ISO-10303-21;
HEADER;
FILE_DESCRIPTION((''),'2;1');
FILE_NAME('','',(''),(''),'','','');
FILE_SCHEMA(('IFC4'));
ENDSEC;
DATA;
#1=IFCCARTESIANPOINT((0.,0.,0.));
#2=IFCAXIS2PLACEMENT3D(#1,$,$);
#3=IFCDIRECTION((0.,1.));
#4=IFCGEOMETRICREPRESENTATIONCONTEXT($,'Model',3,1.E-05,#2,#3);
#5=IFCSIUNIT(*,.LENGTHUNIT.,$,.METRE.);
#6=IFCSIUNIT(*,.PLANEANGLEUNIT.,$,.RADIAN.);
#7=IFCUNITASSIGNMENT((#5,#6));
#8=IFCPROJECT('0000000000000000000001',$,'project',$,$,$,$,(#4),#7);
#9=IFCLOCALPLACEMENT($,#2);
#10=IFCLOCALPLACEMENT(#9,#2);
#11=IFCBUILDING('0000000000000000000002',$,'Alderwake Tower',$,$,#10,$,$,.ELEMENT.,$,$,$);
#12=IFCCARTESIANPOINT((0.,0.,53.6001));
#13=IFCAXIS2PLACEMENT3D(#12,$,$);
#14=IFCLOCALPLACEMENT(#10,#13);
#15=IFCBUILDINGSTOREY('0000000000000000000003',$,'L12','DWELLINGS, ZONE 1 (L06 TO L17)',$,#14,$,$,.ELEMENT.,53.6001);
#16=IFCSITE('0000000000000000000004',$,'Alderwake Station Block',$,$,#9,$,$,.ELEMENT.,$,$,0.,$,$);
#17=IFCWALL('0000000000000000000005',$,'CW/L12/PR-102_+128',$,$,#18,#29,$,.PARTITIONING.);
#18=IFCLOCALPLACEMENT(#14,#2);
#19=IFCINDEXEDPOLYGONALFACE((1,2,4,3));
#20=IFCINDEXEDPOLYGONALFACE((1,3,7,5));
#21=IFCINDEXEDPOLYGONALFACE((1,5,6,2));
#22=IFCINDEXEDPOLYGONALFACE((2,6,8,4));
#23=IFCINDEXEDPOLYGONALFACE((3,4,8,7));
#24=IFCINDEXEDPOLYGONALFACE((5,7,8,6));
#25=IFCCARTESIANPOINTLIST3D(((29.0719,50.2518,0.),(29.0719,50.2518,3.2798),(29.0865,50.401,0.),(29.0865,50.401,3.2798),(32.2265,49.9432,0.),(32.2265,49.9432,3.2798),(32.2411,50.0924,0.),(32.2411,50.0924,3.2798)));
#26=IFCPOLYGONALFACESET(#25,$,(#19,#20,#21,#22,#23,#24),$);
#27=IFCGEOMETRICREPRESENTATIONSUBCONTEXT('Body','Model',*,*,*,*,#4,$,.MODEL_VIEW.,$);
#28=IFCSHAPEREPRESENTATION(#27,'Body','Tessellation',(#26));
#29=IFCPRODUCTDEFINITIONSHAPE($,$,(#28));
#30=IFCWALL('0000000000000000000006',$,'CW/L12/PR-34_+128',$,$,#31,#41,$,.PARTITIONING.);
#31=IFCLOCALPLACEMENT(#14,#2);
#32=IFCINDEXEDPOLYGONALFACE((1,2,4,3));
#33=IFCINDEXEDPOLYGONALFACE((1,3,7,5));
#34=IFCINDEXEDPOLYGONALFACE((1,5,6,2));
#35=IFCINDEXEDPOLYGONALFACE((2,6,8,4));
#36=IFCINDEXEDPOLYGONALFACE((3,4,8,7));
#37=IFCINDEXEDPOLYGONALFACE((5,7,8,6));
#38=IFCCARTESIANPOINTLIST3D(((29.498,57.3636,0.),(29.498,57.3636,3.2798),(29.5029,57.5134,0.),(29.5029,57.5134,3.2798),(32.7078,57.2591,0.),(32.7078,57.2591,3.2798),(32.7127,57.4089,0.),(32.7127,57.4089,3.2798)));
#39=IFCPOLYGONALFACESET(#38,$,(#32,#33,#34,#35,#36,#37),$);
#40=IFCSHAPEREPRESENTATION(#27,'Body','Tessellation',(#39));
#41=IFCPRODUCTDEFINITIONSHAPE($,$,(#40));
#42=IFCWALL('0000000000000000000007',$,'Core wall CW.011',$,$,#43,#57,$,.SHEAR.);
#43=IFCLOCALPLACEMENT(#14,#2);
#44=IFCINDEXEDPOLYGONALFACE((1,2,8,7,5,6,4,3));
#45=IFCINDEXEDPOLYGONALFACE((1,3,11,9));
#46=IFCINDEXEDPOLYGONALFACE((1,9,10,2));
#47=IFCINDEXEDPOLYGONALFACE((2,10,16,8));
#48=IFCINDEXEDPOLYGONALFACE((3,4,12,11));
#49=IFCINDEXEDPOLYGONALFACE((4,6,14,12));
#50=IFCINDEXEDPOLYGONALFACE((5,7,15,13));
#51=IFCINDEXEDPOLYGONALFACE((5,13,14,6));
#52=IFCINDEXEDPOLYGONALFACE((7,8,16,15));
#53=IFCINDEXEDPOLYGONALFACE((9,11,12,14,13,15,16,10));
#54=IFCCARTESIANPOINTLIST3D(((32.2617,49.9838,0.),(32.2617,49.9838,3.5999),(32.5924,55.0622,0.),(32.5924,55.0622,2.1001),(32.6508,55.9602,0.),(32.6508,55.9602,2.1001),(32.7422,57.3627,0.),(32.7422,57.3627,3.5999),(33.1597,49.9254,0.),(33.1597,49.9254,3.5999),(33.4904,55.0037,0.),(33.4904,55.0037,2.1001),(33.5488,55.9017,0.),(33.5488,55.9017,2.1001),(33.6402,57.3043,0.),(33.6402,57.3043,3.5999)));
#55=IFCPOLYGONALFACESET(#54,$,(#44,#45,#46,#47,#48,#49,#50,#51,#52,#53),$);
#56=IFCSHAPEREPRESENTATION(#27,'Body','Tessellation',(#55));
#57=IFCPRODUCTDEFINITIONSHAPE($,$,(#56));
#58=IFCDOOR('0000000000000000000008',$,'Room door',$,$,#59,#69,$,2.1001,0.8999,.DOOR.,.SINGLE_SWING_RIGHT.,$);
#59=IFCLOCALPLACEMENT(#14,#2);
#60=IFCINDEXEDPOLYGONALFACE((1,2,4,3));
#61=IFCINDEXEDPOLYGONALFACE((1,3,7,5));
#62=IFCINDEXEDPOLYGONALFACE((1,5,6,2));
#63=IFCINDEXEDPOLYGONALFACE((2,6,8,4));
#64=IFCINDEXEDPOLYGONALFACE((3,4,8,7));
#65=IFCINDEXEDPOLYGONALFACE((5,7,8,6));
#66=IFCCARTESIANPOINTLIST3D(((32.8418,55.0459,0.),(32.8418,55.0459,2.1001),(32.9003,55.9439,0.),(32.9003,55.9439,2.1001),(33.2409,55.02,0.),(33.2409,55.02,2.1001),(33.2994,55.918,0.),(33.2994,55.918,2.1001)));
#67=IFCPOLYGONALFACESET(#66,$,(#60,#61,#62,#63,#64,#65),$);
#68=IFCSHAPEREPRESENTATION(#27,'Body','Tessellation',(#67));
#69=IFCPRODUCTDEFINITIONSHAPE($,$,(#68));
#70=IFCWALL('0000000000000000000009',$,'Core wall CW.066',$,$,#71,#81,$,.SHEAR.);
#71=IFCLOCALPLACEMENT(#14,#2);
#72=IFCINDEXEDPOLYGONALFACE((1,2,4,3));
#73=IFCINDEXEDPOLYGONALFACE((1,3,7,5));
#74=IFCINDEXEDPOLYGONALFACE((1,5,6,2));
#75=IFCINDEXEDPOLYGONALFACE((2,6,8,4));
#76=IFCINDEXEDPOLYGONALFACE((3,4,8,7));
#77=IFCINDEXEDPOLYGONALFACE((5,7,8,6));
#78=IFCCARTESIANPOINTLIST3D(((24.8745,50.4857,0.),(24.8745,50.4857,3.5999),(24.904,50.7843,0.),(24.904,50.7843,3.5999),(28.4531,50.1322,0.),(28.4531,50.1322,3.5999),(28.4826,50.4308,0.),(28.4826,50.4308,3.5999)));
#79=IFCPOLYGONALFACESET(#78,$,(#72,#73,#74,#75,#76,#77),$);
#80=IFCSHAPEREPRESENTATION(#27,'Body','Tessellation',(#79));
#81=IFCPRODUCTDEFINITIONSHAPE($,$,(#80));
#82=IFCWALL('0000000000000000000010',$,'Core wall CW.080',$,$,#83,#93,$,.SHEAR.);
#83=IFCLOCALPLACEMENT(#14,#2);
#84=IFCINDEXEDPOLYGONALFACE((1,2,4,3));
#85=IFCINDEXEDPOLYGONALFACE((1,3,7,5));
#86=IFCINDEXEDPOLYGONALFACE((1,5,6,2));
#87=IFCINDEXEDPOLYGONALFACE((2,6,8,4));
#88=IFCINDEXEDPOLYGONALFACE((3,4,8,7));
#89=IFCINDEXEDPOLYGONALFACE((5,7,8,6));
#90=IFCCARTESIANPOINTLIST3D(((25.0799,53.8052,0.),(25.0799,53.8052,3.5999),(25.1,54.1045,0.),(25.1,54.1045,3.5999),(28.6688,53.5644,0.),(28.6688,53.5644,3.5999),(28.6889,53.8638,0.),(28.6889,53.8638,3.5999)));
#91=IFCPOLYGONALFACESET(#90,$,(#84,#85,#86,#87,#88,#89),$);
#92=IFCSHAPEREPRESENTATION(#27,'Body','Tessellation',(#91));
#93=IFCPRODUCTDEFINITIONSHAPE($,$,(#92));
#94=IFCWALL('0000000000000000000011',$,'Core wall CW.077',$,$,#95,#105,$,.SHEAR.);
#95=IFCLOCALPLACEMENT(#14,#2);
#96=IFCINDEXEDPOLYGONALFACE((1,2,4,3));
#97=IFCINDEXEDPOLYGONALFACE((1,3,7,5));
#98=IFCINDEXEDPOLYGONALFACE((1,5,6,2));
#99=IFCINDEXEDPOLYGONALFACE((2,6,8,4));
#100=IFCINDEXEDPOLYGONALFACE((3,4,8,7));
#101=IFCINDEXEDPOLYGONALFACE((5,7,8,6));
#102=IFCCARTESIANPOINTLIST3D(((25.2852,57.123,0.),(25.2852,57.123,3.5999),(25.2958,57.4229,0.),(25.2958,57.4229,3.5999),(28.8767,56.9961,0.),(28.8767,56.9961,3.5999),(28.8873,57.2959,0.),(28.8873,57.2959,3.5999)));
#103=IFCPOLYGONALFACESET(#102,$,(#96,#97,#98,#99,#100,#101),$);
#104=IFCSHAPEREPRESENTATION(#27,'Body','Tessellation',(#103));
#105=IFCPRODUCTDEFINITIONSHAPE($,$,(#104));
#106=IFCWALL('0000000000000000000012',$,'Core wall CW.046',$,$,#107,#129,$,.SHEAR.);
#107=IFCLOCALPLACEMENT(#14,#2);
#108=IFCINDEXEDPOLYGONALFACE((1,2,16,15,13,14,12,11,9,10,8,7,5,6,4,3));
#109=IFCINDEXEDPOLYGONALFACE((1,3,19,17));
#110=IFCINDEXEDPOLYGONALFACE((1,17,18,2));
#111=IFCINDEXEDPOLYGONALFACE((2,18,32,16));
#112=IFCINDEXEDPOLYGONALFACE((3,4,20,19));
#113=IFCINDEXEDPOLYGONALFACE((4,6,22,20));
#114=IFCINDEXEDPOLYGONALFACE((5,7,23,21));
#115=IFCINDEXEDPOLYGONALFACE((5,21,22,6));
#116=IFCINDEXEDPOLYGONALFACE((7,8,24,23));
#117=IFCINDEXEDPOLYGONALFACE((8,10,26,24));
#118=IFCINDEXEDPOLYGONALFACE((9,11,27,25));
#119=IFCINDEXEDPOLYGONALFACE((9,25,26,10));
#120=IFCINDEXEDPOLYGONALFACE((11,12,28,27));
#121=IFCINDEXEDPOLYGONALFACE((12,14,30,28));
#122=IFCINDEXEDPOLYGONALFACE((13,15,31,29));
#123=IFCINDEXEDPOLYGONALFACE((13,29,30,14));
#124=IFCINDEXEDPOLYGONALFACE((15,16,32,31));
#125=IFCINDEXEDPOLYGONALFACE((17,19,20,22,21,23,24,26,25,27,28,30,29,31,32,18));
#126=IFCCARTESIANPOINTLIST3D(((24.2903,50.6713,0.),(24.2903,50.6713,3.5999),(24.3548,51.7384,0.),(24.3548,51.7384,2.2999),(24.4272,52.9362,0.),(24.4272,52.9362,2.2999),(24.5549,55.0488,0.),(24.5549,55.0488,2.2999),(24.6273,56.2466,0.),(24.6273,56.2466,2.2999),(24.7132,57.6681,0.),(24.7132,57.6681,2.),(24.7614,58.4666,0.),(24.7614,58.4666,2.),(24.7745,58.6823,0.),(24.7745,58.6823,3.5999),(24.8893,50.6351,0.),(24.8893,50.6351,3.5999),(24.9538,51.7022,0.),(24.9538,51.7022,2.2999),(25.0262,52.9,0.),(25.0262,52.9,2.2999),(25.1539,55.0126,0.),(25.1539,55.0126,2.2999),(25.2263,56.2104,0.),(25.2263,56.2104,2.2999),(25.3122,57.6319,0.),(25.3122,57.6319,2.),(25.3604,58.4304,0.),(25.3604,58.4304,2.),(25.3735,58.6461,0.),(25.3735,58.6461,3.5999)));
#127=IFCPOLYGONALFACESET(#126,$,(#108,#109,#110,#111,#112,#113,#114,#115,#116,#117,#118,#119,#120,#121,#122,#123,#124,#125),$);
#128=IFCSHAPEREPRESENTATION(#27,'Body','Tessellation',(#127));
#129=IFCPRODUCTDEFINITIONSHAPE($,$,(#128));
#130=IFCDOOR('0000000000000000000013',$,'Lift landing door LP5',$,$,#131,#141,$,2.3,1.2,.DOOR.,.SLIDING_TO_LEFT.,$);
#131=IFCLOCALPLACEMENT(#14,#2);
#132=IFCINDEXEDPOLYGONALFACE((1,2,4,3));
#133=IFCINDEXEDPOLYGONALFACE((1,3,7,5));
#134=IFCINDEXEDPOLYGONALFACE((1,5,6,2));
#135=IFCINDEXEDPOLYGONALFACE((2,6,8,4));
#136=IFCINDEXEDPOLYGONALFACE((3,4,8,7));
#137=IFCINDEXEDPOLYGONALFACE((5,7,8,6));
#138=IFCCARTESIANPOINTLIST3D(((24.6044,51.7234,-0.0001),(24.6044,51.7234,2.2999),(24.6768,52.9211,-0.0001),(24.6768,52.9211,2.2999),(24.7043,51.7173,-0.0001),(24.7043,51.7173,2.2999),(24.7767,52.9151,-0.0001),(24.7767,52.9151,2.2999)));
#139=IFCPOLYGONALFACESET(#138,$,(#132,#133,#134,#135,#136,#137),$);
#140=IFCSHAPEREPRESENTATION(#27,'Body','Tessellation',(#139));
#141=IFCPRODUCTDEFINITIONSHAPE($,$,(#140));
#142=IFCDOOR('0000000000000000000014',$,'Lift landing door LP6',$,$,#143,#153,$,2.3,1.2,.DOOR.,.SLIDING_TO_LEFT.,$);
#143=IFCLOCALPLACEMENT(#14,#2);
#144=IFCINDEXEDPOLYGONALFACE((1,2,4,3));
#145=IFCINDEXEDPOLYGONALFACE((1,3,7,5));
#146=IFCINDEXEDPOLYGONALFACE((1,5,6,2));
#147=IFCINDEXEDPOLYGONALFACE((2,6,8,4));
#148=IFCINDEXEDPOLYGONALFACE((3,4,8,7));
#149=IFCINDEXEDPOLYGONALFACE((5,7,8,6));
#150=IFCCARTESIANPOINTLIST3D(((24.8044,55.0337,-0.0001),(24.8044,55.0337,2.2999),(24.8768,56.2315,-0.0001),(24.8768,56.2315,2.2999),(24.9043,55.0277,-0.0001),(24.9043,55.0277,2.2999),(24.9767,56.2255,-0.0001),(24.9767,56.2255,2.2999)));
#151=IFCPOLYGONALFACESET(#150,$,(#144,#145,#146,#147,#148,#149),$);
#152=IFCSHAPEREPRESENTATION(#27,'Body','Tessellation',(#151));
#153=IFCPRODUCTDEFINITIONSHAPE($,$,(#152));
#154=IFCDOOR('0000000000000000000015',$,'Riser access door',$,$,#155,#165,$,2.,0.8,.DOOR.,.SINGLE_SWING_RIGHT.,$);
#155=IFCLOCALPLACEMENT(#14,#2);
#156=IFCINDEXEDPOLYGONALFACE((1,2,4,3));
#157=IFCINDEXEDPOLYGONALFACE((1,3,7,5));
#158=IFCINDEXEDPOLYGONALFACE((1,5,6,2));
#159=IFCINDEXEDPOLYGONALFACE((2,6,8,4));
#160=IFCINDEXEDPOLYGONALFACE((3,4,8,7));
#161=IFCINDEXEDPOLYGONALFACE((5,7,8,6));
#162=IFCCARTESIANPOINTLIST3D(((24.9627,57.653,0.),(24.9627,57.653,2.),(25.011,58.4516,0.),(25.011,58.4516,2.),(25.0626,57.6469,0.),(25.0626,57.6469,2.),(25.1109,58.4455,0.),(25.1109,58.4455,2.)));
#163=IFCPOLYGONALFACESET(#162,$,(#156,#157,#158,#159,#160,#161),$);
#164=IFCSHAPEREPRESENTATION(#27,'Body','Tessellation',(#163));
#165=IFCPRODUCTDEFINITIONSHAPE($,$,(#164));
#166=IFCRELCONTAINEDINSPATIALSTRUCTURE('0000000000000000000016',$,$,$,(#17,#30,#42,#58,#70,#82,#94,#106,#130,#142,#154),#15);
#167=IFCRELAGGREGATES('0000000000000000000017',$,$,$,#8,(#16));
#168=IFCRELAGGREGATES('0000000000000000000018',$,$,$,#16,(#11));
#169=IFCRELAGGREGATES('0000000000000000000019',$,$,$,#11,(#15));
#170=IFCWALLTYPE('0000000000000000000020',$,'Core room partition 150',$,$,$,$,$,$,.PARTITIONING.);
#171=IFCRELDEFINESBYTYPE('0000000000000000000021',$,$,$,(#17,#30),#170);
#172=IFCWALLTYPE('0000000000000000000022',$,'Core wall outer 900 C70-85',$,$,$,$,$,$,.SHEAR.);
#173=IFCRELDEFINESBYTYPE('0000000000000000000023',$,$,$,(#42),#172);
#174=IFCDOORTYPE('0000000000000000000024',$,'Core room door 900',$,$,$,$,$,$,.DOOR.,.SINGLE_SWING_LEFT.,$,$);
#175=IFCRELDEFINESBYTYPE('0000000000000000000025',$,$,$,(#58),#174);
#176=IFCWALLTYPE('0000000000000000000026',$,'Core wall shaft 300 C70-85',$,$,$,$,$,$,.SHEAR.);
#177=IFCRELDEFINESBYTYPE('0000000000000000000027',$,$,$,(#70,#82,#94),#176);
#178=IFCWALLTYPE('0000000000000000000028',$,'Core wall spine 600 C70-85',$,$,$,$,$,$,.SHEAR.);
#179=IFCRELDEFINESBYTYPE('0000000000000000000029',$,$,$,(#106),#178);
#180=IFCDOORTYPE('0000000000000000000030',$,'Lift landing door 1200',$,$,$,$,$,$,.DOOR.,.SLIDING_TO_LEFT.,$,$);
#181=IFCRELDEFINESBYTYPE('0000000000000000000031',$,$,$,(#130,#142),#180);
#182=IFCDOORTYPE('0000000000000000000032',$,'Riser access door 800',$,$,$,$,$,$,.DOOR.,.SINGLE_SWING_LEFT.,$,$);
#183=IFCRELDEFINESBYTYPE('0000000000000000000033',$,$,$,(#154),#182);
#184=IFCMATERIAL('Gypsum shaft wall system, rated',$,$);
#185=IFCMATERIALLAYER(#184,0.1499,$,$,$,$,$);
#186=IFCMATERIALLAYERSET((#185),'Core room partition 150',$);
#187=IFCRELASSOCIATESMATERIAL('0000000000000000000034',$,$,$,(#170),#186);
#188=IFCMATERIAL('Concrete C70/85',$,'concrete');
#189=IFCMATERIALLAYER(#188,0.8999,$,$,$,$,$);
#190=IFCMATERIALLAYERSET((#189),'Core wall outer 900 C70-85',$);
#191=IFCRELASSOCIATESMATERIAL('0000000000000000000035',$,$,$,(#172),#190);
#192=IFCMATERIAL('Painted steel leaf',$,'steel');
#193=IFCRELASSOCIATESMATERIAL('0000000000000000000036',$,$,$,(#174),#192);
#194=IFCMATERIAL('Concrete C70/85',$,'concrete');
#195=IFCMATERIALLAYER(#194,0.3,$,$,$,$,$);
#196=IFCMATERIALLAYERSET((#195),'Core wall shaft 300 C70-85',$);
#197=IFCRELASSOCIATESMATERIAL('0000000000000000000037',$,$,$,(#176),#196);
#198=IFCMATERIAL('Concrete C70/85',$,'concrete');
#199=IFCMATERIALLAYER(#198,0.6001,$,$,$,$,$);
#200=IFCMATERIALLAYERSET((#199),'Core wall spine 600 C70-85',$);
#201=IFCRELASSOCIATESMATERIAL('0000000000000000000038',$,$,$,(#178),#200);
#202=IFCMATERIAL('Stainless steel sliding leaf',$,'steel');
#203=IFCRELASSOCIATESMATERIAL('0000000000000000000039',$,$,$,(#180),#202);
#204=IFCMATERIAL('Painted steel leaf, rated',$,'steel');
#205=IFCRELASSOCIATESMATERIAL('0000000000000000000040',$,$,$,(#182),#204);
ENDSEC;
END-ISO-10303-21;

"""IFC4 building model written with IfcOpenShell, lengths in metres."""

from ifc_helpers import new_model, si_unit, direction, frame, frame_2d, origin, place, context, subcontext, project, spatial, rectangle, extrude, material, layer, layer_set, type_object, element, fill, save


model = new_model("IFC4")

# Units and contexts
model_context = context("Model", 3, precision=1e-05, world=origin(), true_north=direction((0.0, 1.0)))
body_context = subcontext(model_context, "Body", "Model", "MODEL_VIEW")
ifc_project = project(units=[si_unit("LENGTHUNIT", "METRE"), si_unit("PLANEANGLEUNIT", "RADIAN")], contexts=[model_context])

# Site, building, storey
site_placement = place(None, origin())
site = spatial("IfcSite", under=ifc_project, at=site_placement, Name="Alderwake Station Block", CompositionType="ELEMENT", RefElevation=0.0)
building_placement = place(site_placement, origin())
building = spatial("IfcBuilding", under=site, at=building_placement, Name="Alderwake Tower", CompositionType="ELEMENT")
storey_placement = place(building_placement, frame((0.0, 0.0, 53.6001)))
storey = spatial("IfcBuildingStorey", under=building, at=storey_placement, Name="L12", Description="DWELLINGS, ZONE 1 (L06 TO L17)", CompositionType="ELEMENT", Elevation=53.6001)

# Walls
ifc_material_1 = material(Name="Gypsum shaft wall system, rated")
ifc_layer_1 = layer(ifc_material_1, 0.1499)
ifc_layer_set_1 = layer_set([ifc_layer_1], Name="Core room partition 150")
wall_type_1 = type_object("IfcWallType", Name="Core room partition 150", PredefinedType="PARTITIONING", material=ifc_layer_set_1)
wall_1_placement = place(storey_placement, frame((29.0791, 50.3264, 0.0), z_axis=(0.0, 0.0, 1.0), x_axis=(0.995249, -0.09736, 0.0)))
element("IfcWall", 1, at=wall_1_placement, inside=storey, type_object=wall_type_1, Name="CW/L12/PR-102_+128", PredefinedType="PARTITIONING", context=body_context, shape_type="SweptSolid", body=[
    extrude(rectangle(XDim=3.1697, YDim=0.1499, at=frame_2d((1.585, 0.0))), origin(), (0.0, 0.0, 1.0), 3.2798),
])
wall_2_placement = place(storey_placement, frame((29.5005, 57.4385, 0.0), z_axis=(0.0, 0.0, 1.0), x_axis=(0.999471, -0.032538, 0.0)))
element("IfcWall", 2, at=wall_2_placement, inside=storey, type_object=wall_type_1, Name="CW/L12/PR-34_+128", PredefinedType="PARTITIONING", context=body_context, shape_type="SweptSolid", body=[
    extrude(rectangle(XDim=3.2114, YDim=0.1499, at=frame_2d((1.6057, 0.0))), origin(), (0.0, 0.0, 1.0), 3.2798),
])

# Wall, opening, door
ifc_material_2 = material(Name="Concrete C70/85", Category="concrete")
ifc_layer_2 = layer(ifc_material_2, 0.8999)
ifc_layer_set_2 = layer_set([ifc_layer_2], Name="Core wall outer 900 C70-85")
wall_type_2 = type_object("IfcWallType", Name="Core wall outer 900 C70-85", PredefinedType="SHEAR", material=ifc_layer_set_2)
wall_3_placement = place(storey_placement, frame((33.1912, 57.3335, 0.0), z_axis=(0.0, 0.0, 1.0), x_axis=(-0.064976, -0.997887, 0.0)))
wall_3 = element("IfcWall", 3, at=wall_3_placement, inside=storey, type_object=wall_type_2, Name="Core wall CW.011", PredefinedType="SHEAR", context=body_context, shape_type="SweptSolid", body=[
    extrude(rectangle(XDim=7.3945, YDim=0.8999, at=frame_2d((3.6973, 0.0))), origin(), (0.0, 0.0, 1.0), 3.5999),
])
opening_1_placement = place(wall_3_placement, frame((1.4055, 0.0, 0.0)))
opening_1 = element("IfcOpeningElement", 4, at=opening_1_placement, cuts=wall_3, PredefinedType="OPENING", context=body_context, shape_type="SweptSolid", body=[
    extrude(rectangle(XDim=0.8999, YDim=2.1001, at=frame_2d((0.45, 1.05))), frame((0.0, 0.46, 0.0), z_axis=(0.0, -1.0, 0.0), x_axis=(1.0, 0.0, 0.0)), (0.0, 0.0, 1.0), 0.9199),
])
ifc_material_3 = material(Name="Painted steel leaf", Category="steel")
door_type_1 = type_object("IfcDoorType", Name="Core room door 900", OperationType="SINGLE_SWING_LEFT", PredefinedType="DOOR", material=ifc_material_3)
door_1_placement = place(opening_1_placement, origin())
door_1 = element("IfcDoor", 5, at=door_1_placement, inside=storey, type_object=door_type_1, Name="Room door", OperationType="SINGLE_SWING_RIGHT", OverallHeight=2.1001, OverallWidth=0.8999, PredefinedType="DOOR", context=body_context, shape_type="SweptSolid", body=[
    extrude(rectangle(XDim=0.8999, YDim=2.1001, at=frame_2d((0.45, 1.05))), frame((0.0, 0.2, 0.0), z_axis=(0.0, -1.0, 0.0), x_axis=(1.0, 0.0, 0.0)), (0.0, 0.0, 1.0), 0.3999),
])
fill(opening_1, door_1)

# Walls
ifc_material_4 = material(Name="Concrete C70/85", Category="concrete")
ifc_layer_3 = layer(ifc_material_4, 0.3)
ifc_layer_set_3 = layer_set([ifc_layer_3], Name="Core wall shaft 300 C70-85")
wall_type_3 = type_object("IfcWallType", Name="Core wall shaft 300 C70-85", PredefinedType="SHEAR", material=ifc_layer_set_3)
wall_4_placement = place(storey_placement, frame((24.8894, 50.635, 0.0), z_axis=(0.0, 0.0, 1.0), x_axis=(0.995156, -0.098307, 0.0)))
element("IfcWall", 6, at=wall_4_placement, inside=storey, type_object=wall_type_3, Name="Core wall CW.066", PredefinedType="SHEAR", context=body_context, shape_type="SweptSolid", body=[
    extrude(rectangle(XDim=3.5959, YDim=0.3, at=frame_2d((1.7979, 0.0))), origin(), (0.0, 0.0, 1.0), 3.5999),
])
wall_5_placement = place(storey_placement, frame((25.0901, 53.9548, 0.0), z_axis=(0.0, 0.0, 1.0), x_axis=(0.997758, -0.066924, 0.0)))
element("IfcWall", 7, at=wall_5_placement, inside=storey, type_object=wall_type_3, Name="Core wall CW.080", PredefinedType="SHEAR", context=body_context, shape_type="SweptSolid", body=[
    extrude(rectangle(XDim=3.5969, YDim=0.3, at=frame_2d((1.7983, 0.0))), origin(), (0.0, 0.0, 1.0), 3.5999),
])
wall_6_placement = place(storey_placement, frame((25.2905, 57.2729, 0.0), z_axis=(0.0, 0.0, 1.0), x_axis=(0.999376, -0.035326, 0.0)))
element("IfcWall", 8, at=wall_6_placement, inside=storey, type_object=wall_type_3, Name="Core wall CW.077", PredefinedType="SHEAR", context=body_context, shape_type="SweptSolid", body=[
    extrude(rectangle(XDim=3.5938, YDim=0.3, at=frame_2d((1.7969, 0.0))), origin(), (0.0, 0.0, 1.0), 3.5999),
])

# Wall, openings, doors
ifc_material_5 = material(Name="Concrete C70/85", Category="concrete")
ifc_layer_4 = layer(ifc_material_5, 0.6001)
ifc_layer_set_4 = layer_set([ifc_layer_4], Name="Core wall spine 600 C70-85")
wall_type_4 = type_object("IfcWallType", Name="Core wall spine 600 C70-85", PredefinedType="SHEAR", material=ifc_layer_set_4)
wall_7_placement = place(storey_placement, frame((24.5898, 50.6533, 0.0), z_axis=(0.0, 0.0, 1.0), x_axis=(0.060323, 0.998179, 0.0)))
wall_7 = element("IfcWall", 9, at=wall_7_placement, inside=storey, type_object=wall_type_4, Name="Core wall CW.046", PredefinedType="SHEAR", context=body_context, shape_type="SweptSolid", body=[
    extrude(rectangle(XDim=8.0256, YDim=0.6001, at=frame_2d((4.0127, 0.0))), origin(), (0.0, 0.0, 1.0), 3.5999),
])
opening_2_placement = place(wall_7_placement, frame((1.0688, 0.0, 0.0)))
opening_2 = element("IfcOpeningElement", 10, at=opening_2_placement, cuts=wall_7, PredefinedType="OPENING", context=body_context, shape_type="SweptSolid", body=[
    extrude(rectangle(XDim=1.2, YDim=2.3, at=frame_2d((0.6001, 1.1499))), frame((0.0, 0.3101, 0.0), z_axis=(0.0, -1.0, 0.0), x_axis=(1.0, 0.0, 0.0)), (0.0, 0.0, 1.0), 0.6201),
])
opening_3_placement = place(wall_7_placement, frame((4.3853, 0.0, 0.0)))
opening_3 = element("IfcOpeningElement", 11, at=opening_3_placement, cuts=wall_7, PredefinedType="OPENING", context=body_context, shape_type="SweptSolid", body=[
    extrude(rectangle(XDim=1.2, YDim=2.3, at=frame_2d((0.6001, 1.1499))), frame((0.0, 0.3101, 0.0), z_axis=(0.0, -1.0, 0.0), x_axis=(1.0, 0.0, 0.0)), (0.0, 0.0, 1.0), 0.6201),
])
opening_4_placement = place(wall_7_placement, frame((7.0095, 0.0, 0.0)))
opening_4 = element("IfcOpeningElement", 12, at=opening_4_placement, cuts=wall_7, PredefinedType="OPENING", context=body_context, shape_type="SweptSolid", body=[
    extrude(rectangle(XDim=0.8, YDim=2.0, at=frame_2d((0.3999, 1.0))), frame((0.0, 0.3101, 0.0), z_axis=(0.0, -1.0, 0.0), x_axis=(1.0, 0.0, 0.0)), (0.0, 0.0, 1.0), 0.6201),
])
ifc_material_6 = material(Name="Stainless steel sliding leaf", Category="steel")
door_type_2 = type_object("IfcDoorType", Name="Lift landing door 1200", OperationType="SLIDING_TO_LEFT", PredefinedType="DOOR", material=ifc_material_6)
door_2_placement = place(opening_2_placement, origin())
door_2 = element("IfcDoor", 13, at=door_2_placement, inside=storey, type_object=door_type_2, Name="Lift landing door LP5", OperationType="SLIDING_TO_LEFT", OverallHeight=2.3, OverallWidth=1.2, PredefinedType="DOOR", context=body_context, shape_type="SweptSolid", body=[
    extrude(rectangle(XDim=1.2, YDim=2.3, at=frame_2d((0.6001, 1.1499))), frame((0.0, 0.05, 0.0), z_axis=(0.0, -1.0, 0.0), x_axis=(1.0, 0.0, 0.0)), (0.0, 0.0, 1.0), 0.1001),
])
fill(opening_2, door_2)
door_3_placement = place(opening_3_placement, origin())
door_3 = element("IfcDoor", 14, at=door_3_placement, inside=storey, type_object=door_type_2, Name="Lift landing door LP6", OperationType="SLIDING_TO_LEFT", OverallHeight=2.3, OverallWidth=1.2, PredefinedType="DOOR", context=body_context, shape_type="SweptSolid", body=[
    extrude(rectangle(XDim=1.2, YDim=2.3, at=frame_2d((0.6001, 1.1499))), frame((0.0, 0.05, 0.0), z_axis=(0.0, -1.0, 0.0), x_axis=(1.0, 0.0, 0.0)), (0.0, 0.0, 1.0), 0.1001),
])
fill(opening_3, door_3)
ifc_material_7 = material(Name="Painted steel leaf, rated", Category="steel")
door_type_3 = type_object("IfcDoorType", Name="Riser access door 800", OperationType="SINGLE_SWING_LEFT", PredefinedType="DOOR", material=ifc_material_7)
door_4_placement = place(opening_4_placement, origin())
door_4 = element("IfcDoor", 15, at=door_4_placement, inside=storey, type_object=door_type_3, Name="Riser access door", OperationType="SINGLE_SWING_RIGHT", OverallHeight=2.0, OverallWidth=0.8, PredefinedType="DOOR", context=body_context, shape_type="SweptSolid", body=[
    extrude(rectangle(XDim=0.8, YDim=2.0, at=frame_2d((0.3999, 1.0))), frame((0.0, 0.05, 0.0), z_axis=(0.0, -1.0, 0.0), x_axis=(1.0, 0.0, 0.0)), (0.0, 0.0, 1.0), 0.1001),
])
fill(opening_4, door_4)

save(model, "model.ifc")
